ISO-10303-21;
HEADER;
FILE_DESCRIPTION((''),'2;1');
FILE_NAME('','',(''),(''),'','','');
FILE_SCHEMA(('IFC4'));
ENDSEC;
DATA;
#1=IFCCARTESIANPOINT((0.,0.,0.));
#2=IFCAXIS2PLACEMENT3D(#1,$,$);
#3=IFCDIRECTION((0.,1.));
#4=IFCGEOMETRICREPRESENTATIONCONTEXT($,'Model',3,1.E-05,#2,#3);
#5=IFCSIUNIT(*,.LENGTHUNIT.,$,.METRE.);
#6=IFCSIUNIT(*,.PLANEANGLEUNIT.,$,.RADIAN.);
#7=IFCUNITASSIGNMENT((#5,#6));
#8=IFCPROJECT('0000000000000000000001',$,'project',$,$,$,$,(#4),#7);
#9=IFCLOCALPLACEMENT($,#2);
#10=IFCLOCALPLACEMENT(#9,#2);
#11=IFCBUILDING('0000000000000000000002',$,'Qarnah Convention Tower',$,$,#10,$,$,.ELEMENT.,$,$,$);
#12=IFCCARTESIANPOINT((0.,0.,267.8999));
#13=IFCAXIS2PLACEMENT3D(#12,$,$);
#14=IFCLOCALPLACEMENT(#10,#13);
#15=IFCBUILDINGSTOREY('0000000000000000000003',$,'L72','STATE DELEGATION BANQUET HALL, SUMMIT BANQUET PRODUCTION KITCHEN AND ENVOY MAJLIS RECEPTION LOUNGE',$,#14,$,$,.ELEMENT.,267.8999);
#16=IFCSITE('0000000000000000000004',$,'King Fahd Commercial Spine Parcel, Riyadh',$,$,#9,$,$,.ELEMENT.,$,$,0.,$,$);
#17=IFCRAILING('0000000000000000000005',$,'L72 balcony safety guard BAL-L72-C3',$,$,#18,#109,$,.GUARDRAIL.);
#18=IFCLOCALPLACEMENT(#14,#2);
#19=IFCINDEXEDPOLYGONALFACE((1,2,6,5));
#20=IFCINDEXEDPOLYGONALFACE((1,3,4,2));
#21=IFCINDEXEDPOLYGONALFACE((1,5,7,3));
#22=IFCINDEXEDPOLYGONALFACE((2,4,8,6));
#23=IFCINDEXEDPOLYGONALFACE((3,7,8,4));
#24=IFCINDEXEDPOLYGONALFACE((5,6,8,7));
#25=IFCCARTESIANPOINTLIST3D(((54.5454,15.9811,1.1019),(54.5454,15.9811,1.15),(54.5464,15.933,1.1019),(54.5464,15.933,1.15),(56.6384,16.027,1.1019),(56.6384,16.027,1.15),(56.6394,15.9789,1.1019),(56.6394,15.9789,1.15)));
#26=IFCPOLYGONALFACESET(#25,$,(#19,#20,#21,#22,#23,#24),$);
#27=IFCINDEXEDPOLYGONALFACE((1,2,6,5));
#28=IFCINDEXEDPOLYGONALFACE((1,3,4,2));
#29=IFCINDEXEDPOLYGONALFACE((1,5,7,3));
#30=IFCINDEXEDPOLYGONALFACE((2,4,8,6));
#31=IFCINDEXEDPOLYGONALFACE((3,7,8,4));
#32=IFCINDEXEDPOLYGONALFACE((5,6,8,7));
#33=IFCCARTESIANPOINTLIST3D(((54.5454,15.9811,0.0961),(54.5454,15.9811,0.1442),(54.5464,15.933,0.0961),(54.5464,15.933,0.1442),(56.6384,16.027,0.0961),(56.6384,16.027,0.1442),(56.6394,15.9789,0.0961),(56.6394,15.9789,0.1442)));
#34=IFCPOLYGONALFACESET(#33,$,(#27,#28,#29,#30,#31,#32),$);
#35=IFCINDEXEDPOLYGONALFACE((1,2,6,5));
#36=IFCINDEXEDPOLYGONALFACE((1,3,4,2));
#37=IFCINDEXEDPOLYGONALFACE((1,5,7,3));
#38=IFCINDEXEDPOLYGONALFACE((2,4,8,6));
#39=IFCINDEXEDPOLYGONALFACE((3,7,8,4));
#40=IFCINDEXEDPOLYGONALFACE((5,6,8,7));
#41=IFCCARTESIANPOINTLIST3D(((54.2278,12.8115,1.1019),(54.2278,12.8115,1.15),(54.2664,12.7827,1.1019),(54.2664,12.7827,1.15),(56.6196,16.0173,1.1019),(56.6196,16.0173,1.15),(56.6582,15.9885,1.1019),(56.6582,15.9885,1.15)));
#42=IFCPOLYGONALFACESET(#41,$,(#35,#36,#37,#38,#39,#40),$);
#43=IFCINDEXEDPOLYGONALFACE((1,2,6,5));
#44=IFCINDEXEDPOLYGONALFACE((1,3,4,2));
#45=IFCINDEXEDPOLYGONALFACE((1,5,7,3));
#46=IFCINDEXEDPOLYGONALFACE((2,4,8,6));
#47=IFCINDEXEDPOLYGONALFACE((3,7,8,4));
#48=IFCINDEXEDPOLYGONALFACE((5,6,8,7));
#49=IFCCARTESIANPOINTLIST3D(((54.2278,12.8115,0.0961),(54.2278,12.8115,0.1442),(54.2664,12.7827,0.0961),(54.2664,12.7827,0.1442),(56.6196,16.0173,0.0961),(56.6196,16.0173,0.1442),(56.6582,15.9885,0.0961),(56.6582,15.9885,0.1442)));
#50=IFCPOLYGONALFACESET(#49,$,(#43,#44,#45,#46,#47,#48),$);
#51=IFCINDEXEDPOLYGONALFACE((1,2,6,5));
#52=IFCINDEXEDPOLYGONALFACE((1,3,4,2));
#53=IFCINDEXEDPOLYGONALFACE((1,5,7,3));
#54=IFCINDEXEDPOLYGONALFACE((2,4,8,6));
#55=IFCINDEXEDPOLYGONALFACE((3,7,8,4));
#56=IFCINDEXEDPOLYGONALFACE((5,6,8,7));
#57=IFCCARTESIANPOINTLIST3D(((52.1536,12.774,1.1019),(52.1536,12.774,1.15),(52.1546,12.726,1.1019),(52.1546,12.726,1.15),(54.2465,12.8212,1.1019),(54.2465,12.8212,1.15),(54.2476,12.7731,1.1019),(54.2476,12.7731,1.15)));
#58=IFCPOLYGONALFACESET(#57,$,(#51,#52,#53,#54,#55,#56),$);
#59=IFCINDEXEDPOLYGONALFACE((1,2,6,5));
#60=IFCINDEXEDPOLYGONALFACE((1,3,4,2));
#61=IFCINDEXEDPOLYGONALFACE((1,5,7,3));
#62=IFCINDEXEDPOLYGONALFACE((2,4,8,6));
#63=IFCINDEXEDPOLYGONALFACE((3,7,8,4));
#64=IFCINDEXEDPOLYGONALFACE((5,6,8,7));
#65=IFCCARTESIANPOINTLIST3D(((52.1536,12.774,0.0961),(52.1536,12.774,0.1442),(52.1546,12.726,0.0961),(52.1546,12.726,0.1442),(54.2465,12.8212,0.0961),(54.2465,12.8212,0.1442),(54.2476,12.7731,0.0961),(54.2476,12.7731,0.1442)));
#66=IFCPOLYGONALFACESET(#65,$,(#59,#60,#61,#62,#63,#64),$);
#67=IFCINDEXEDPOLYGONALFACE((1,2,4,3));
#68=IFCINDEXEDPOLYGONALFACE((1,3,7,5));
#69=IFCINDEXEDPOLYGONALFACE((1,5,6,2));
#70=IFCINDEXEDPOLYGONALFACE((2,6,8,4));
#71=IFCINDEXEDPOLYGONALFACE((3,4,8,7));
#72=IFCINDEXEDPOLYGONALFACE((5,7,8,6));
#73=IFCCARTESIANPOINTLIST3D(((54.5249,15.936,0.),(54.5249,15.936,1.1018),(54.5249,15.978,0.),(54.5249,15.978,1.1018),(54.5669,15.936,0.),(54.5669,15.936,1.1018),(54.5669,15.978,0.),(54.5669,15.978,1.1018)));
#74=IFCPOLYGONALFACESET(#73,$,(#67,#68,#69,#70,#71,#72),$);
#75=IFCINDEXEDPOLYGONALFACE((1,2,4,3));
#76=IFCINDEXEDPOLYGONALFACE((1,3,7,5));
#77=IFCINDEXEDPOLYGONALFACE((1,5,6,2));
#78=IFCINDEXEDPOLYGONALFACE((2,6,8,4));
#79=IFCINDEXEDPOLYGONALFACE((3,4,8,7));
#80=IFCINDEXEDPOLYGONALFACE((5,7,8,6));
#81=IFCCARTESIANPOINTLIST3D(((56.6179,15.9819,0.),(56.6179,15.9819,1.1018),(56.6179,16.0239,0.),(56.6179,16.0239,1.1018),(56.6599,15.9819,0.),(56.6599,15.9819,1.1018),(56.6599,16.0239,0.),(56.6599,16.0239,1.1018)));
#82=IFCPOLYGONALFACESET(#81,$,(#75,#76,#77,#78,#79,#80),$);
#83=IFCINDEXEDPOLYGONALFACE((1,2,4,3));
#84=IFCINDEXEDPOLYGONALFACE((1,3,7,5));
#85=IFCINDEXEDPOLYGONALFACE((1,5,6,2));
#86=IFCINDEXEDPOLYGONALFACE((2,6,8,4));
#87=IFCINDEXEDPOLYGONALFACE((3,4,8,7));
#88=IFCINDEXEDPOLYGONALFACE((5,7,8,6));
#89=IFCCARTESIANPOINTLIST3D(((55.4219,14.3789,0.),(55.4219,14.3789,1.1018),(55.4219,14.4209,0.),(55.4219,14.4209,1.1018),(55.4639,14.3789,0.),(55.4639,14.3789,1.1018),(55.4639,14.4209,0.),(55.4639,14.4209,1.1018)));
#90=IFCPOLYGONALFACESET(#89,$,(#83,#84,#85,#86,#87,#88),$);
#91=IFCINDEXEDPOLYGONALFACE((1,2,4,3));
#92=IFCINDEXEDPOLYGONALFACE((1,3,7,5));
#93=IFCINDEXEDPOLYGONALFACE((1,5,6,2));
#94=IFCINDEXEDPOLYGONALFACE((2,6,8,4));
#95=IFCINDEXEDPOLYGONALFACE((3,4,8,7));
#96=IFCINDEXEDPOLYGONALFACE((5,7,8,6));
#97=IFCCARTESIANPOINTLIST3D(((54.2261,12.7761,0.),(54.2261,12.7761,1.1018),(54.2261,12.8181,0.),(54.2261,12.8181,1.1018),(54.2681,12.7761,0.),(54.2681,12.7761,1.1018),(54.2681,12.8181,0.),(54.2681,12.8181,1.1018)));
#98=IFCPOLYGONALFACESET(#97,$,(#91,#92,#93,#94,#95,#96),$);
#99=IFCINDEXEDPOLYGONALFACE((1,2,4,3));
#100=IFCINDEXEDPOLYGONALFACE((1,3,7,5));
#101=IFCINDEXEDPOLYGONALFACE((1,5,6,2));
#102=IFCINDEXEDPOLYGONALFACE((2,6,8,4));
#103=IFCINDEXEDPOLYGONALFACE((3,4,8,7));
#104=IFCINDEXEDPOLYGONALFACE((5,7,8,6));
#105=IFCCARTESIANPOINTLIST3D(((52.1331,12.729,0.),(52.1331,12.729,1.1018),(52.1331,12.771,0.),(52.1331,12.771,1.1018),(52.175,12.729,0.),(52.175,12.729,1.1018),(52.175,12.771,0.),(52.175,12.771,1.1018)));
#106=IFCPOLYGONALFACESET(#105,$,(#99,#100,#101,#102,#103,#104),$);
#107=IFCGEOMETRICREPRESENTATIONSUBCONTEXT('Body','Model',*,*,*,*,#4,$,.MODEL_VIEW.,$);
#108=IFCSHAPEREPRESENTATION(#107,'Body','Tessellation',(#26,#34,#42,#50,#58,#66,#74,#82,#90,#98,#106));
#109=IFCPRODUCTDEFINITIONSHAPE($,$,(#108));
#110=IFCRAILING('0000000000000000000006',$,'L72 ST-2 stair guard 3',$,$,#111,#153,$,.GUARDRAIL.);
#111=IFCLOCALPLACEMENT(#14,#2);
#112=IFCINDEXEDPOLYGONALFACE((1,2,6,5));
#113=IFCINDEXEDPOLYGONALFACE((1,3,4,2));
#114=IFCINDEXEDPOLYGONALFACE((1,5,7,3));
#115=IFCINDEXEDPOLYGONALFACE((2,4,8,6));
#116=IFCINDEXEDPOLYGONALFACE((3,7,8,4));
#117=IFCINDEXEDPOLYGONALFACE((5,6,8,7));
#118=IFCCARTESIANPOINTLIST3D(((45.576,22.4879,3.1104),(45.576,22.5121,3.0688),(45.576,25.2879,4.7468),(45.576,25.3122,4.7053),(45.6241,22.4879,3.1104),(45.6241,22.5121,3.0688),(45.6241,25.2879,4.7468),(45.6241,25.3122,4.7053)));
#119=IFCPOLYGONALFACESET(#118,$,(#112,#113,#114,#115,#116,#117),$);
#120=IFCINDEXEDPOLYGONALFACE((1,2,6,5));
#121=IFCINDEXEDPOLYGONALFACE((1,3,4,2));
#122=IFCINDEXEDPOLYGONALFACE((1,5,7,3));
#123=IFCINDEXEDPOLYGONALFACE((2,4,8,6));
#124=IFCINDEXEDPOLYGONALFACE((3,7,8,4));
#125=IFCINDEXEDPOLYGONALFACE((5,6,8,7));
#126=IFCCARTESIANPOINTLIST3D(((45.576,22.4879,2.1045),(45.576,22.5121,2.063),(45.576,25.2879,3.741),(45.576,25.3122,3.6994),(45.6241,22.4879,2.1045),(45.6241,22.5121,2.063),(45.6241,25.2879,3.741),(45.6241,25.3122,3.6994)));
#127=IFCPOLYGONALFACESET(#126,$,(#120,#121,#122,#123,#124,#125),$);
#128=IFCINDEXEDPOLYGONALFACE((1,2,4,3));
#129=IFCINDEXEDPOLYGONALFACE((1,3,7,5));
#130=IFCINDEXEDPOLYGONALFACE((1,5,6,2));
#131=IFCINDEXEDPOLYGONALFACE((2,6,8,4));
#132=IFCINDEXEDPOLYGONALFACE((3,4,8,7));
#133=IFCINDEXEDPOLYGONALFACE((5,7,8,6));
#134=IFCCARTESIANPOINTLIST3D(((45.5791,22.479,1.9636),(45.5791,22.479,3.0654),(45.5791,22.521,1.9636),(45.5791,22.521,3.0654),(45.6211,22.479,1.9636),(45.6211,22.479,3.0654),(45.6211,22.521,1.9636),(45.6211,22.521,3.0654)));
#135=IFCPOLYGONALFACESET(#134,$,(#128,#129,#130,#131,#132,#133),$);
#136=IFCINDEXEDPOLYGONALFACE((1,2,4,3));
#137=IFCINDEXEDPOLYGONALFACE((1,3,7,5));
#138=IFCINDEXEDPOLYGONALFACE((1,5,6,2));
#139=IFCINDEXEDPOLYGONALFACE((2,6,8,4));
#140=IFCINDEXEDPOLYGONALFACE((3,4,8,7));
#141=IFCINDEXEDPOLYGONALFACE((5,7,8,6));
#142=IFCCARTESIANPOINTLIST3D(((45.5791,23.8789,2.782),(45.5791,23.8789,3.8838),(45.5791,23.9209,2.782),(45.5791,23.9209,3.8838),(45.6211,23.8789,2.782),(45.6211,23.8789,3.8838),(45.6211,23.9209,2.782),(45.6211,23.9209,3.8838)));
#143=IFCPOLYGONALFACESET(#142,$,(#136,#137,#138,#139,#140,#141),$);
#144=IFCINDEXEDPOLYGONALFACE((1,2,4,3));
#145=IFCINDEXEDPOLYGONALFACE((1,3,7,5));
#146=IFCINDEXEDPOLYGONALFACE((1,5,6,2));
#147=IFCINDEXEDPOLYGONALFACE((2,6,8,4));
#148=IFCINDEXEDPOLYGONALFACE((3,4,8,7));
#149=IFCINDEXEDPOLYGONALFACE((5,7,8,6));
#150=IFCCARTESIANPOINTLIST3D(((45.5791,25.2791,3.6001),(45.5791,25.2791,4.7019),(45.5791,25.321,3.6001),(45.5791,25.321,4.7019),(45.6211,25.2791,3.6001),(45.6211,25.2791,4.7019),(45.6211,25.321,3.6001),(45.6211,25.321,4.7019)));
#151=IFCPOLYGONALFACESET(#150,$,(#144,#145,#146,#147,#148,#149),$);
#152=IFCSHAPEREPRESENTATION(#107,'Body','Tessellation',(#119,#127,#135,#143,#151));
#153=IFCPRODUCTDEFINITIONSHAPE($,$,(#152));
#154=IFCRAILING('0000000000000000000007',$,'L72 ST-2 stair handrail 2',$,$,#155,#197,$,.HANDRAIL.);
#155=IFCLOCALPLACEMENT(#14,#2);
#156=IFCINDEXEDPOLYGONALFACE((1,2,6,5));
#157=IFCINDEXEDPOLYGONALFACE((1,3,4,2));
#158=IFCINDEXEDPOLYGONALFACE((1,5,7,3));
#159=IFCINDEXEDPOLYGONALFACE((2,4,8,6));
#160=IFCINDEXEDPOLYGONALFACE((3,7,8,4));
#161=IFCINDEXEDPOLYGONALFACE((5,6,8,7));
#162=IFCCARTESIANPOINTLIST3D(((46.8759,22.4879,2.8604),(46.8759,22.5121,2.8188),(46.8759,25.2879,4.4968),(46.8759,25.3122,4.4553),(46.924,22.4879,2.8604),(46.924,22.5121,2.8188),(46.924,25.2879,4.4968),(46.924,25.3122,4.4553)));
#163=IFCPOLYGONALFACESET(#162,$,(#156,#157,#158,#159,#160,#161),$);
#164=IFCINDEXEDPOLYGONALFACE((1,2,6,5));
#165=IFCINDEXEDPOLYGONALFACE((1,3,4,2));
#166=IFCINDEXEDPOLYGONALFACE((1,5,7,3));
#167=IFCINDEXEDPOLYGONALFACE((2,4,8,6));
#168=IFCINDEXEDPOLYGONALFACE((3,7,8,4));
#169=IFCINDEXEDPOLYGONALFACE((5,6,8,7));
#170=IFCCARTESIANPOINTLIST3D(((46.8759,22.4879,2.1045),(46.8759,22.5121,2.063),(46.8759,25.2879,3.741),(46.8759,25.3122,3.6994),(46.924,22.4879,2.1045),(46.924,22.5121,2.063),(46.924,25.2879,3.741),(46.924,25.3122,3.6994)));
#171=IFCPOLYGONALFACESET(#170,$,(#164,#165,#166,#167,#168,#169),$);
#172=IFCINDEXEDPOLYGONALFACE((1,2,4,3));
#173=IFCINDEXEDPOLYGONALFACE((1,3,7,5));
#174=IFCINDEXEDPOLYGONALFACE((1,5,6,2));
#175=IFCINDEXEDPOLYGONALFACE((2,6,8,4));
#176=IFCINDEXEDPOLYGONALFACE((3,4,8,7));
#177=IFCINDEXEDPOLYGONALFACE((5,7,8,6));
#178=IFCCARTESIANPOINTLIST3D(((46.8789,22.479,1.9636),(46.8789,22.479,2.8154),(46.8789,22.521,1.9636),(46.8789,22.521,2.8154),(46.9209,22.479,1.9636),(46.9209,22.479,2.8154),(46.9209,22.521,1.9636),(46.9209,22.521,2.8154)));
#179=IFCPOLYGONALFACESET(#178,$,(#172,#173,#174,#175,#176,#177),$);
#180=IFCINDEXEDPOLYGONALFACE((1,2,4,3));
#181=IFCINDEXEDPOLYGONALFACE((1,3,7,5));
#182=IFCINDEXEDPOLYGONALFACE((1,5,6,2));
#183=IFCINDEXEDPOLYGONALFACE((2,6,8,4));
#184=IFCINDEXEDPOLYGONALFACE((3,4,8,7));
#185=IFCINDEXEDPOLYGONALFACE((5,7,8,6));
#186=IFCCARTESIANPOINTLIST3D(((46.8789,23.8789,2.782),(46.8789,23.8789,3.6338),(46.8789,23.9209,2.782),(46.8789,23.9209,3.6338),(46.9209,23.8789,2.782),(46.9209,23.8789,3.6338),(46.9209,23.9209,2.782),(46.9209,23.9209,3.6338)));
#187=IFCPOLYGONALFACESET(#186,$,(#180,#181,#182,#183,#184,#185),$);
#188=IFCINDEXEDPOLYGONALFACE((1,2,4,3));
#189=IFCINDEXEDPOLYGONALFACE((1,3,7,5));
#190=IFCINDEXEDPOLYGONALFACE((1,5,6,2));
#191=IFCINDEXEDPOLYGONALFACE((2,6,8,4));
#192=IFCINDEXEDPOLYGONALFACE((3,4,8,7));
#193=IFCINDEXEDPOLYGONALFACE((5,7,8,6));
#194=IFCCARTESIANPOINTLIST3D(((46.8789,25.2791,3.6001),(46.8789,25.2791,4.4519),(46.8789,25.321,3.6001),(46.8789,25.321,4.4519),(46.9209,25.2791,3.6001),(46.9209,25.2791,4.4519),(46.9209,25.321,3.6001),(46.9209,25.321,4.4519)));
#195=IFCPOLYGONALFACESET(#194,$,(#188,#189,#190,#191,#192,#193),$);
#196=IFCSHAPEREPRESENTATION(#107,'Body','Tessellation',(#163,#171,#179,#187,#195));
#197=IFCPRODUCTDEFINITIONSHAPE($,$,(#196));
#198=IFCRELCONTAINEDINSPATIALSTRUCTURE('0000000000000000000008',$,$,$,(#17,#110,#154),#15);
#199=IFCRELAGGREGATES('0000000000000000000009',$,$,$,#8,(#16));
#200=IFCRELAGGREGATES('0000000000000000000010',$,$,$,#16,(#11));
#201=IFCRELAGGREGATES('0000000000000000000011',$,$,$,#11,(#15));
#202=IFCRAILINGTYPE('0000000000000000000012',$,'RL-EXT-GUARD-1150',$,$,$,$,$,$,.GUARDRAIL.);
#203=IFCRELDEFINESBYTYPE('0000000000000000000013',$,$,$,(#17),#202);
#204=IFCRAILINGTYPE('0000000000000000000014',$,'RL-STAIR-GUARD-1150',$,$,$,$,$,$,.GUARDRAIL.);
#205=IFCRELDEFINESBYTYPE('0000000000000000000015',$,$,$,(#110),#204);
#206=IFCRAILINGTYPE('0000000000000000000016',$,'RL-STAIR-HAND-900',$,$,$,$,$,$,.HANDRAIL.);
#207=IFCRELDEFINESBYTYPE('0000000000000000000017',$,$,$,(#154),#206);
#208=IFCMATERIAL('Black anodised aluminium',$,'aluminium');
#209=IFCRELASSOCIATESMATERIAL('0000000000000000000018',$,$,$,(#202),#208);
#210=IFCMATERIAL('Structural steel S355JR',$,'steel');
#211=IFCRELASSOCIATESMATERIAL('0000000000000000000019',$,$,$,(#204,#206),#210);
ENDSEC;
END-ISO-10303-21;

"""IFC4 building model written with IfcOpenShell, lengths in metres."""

from ifc_helpers import new_model, si_unit, direction, frame, origin, origin_2d, place, context, subcontext, project, spatial, rectangle, extrude, material, type_object, element, save


model = new_model("IFC4")

# Units and contexts
model_context = context("Model", 3, precision=1e-05, world=origin(), true_north=direction((0.0, 1.0)))
body_context = subcontext(model_context, "Body", "Model", "MODEL_VIEW")
ifc_project = project(units=[si_unit("LENGTHUNIT", "METRE"), si_unit("PLANEANGLEUNIT", "RADIAN")], contexts=[model_context])

# Site, building, storey
site_placement = place(None, origin())
site = spatial("IfcSite", under=ifc_project, at=site_placement, Name="King Fahd Commercial Spine Parcel, Riyadh", CompositionType="ELEMENT", RefElevation=0.0)
building_placement = place(site_placement, origin())
building = spatial("IfcBuilding", under=site, at=building_placement, Name="Qarnah Convention Tower", CompositionType="ELEMENT")
storey_placement = place(building_placement, frame((0.0, 0.0, 267.8999)))
storey = spatial("IfcBuildingStorey", under=building, at=storey_placement, Name="L72", Description="STATE DELEGATION BANQUET HALL, SUMMIT BANQUET PRODUCTION KITCHEN AND ENVOY MAJLIS RECEPTION LOUNGE", CompositionType="ELEMENT", Elevation=267.8999)

# Shared definitions
ifc_material_1 = material(Name="Structural steel S355JR", Category="steel")

# Shared definitions
ifc_material_2 = material(Name="Black anodised aluminium", Category="aluminium")

# Railings
railing_type_1 = type_object("IfcRailingType", Name="RL-EXT-GUARD-1150", PredefinedType="GUARDRAIL", material=ifc_material_2)
railing_1_placement = place(storey_placement, frame((54.5459, 15.957, 0.0)))
element("IfcRailing", 1, at=railing_1_placement, inside=storey, type_object=railing_type_1, Name="L72 balcony safety guard BAL-L72-C3", PredefinedType="GUARDRAIL", context=body_context, shape_type="SweptSolid", body=[
    extrude(rectangle(XDim=0.0481, YDim=0.0481, at=origin_2d()), frame((0.0, 0.0, 1.126), z_axis=(0.99976, 0.021924, 0.0), x_axis=(-0.021924, 0.99976, 0.0)), (0.0, 0.0, 1.0), 2.0935),
    extrude(rectangle(XDim=0.0481, YDim=0.0481, at=origin_2d()), frame((0.0, 0.0, 0.1201), z_axis=(0.99976, 0.021924, 0.0), x_axis=(-0.021924, 0.99976, 0.0)), (0.0, 0.0, 1.0), 2.0935),
    extrude(rectangle(XDim=0.0481, YDim=0.0481, at=origin_2d()), frame((2.093, 0.0459, 1.126), z_axis=(-0.597996, -0.801499, 0.0), x_axis=(0.801499, -0.597996, 0.0)), (0.0, 0.0, 1.0), 3.9998),
    extrude(rectangle(XDim=0.0481, YDim=0.0481, at=origin_2d()), frame((2.093, 0.0459, 0.1201), z_axis=(-0.597996, -0.801499, 0.0), x_axis=(0.801499, -0.597996, 0.0)), (0.0, 0.0, 1.0), 3.9998),
    extrude(rectangle(XDim=0.0481, YDim=0.0481, at=origin_2d()), frame((-0.2988, -3.1599, 1.126), z_axis=(-0.999747, -0.022507, 0.0), x_axis=(0.022507, -0.999747, 0.0)), (0.0, 0.0, 1.0), 2.0935),
    extrude(rectangle(XDim=0.0481, YDim=0.0481, at=origin_2d()), frame((-0.2988, -3.1599, 0.1201), z_axis=(-0.999747, -0.022507, 0.0), x_axis=(0.022507, -0.999747, 0.0)), (0.0, 0.0, 1.0), 2.0935),
    extrude(rectangle(XDim=0.042, YDim=0.042, at=origin_2d()), origin(), (0.0, 0.0, 1.0), 1.1018),
    extrude(rectangle(XDim=0.042, YDim=0.042, at=origin_2d()), frame((2.093, 0.0459, 0.0)), (0.0, 0.0, 1.0), 1.1018),
    extrude(rectangle(XDim=0.042, YDim=0.042, at=origin_2d()), frame((0.897, -1.5571, 0.0)), (0.0, 0.0, 1.0), 1.1018),
    extrude(rectangle(XDim=0.042, YDim=0.042, at=origin_2d()), frame((-0.2988, -3.1599, 0.0)), (0.0, 0.0, 1.0), 1.1018),
    extrude(rectangle(XDim=0.042, YDim=0.042, at=origin_2d()), frame((-2.3918, -3.207, 0.0)), (0.0, 0.0, 1.0), 1.1018),
])
railing_type_2 = type_object("IfcRailingType", Name="RL-STAIR-GUARD-1150", PredefinedType="GUARDRAIL", material=ifc_material_1)
railing_2_placement = place(storey_placement, frame((45.6001, 22.5, 1.9636)))
element("IfcRailing", 2, at=railing_2_placement, inside=storey, type_object=railing_type_2, Name="L72 ST-2 stair guard 3", PredefinedType="GUARDRAIL", context=body_context, shape_type="SweptSolid", body=[
    extrude(rectangle(XDim=0.0481, YDim=0.0481, at=origin_2d()), frame((0.0, 0.0, 1.126), z_axis=(0.0, 0.863361, 0.504587), x_axis=(-1.0, 0.0, 0.0)), (0.0, 0.0, 1.0), 3.2432),
    extrude(rectangle(XDim=0.0481, YDim=0.0481, at=origin_2d()), frame((0.0, 0.0, 0.1201), z_axis=(0.0, 0.863361, 0.504587), x_axis=(-1.0, 0.0, 0.0)), (0.0, 0.0, 1.0), 3.2432),
    extrude(rectangle(XDim=0.042, YDim=0.042, at=origin_2d()), origin(), (0.0, 0.0, 1.0), 1.1018),
    extrude(rectangle(XDim=0.042, YDim=0.042, at=origin_2d()), frame((0.0, 1.3999, 0.8184)), (0.0, 0.0, 1.0), 1.1018),
    extrude(rectangle(XDim=0.042, YDim=0.042, at=origin_2d()), frame((0.0, 2.8, 1.6365)), (0.0, 0.0, 1.0), 1.1018),
])
railing_type_3 = type_object("IfcRailingType", Name="RL-STAIR-HAND-900", PredefinedType="HANDRAIL", material=ifc_material_1)
railing_3_placement = place(storey_placement, frame((46.8999, 22.5, 1.9636)))
element("IfcRailing", 3, at=railing_3_placement, inside=storey, type_object=railing_type_3, Name="L72 ST-2 stair handrail 2", PredefinedType="HANDRAIL", context=body_context, shape_type="SweptSolid", body=[
    extrude(rectangle(XDim=0.0481, YDim=0.0481, at=origin_2d()), frame((0.0, 0.0, 0.876), z_axis=(0.0, 0.863361, 0.504587), x_axis=(-1.0, 0.0, 0.0)), (0.0, 0.0, 1.0), 3.2432),
    extrude(rectangle(XDim=0.0481, YDim=0.0481, at=origin_2d()), frame((0.0, 0.0, 0.1201), z_axis=(0.0, 0.863361, 0.504587), x_axis=(-1.0, 0.0, 0.0)), (0.0, 0.0, 1.0), 3.2432),
    extrude(rectangle(XDim=0.042, YDim=0.042, at=origin_2d()), origin(), (0.0, 0.0, 1.0), 0.8518),
    extrude(rectangle(XDim=0.042, YDim=0.042, at=origin_2d()), frame((0.0, 1.3999, 0.8184)), (0.0, 0.0, 1.0), 0.8518),
    extrude(rectangle(XDim=0.042, YDim=0.042, at=origin_2d()), frame((0.0, 2.8, 1.6365)), (0.0, 0.0, 1.0), 0.8518),
])

save(model, "model.ifc")
